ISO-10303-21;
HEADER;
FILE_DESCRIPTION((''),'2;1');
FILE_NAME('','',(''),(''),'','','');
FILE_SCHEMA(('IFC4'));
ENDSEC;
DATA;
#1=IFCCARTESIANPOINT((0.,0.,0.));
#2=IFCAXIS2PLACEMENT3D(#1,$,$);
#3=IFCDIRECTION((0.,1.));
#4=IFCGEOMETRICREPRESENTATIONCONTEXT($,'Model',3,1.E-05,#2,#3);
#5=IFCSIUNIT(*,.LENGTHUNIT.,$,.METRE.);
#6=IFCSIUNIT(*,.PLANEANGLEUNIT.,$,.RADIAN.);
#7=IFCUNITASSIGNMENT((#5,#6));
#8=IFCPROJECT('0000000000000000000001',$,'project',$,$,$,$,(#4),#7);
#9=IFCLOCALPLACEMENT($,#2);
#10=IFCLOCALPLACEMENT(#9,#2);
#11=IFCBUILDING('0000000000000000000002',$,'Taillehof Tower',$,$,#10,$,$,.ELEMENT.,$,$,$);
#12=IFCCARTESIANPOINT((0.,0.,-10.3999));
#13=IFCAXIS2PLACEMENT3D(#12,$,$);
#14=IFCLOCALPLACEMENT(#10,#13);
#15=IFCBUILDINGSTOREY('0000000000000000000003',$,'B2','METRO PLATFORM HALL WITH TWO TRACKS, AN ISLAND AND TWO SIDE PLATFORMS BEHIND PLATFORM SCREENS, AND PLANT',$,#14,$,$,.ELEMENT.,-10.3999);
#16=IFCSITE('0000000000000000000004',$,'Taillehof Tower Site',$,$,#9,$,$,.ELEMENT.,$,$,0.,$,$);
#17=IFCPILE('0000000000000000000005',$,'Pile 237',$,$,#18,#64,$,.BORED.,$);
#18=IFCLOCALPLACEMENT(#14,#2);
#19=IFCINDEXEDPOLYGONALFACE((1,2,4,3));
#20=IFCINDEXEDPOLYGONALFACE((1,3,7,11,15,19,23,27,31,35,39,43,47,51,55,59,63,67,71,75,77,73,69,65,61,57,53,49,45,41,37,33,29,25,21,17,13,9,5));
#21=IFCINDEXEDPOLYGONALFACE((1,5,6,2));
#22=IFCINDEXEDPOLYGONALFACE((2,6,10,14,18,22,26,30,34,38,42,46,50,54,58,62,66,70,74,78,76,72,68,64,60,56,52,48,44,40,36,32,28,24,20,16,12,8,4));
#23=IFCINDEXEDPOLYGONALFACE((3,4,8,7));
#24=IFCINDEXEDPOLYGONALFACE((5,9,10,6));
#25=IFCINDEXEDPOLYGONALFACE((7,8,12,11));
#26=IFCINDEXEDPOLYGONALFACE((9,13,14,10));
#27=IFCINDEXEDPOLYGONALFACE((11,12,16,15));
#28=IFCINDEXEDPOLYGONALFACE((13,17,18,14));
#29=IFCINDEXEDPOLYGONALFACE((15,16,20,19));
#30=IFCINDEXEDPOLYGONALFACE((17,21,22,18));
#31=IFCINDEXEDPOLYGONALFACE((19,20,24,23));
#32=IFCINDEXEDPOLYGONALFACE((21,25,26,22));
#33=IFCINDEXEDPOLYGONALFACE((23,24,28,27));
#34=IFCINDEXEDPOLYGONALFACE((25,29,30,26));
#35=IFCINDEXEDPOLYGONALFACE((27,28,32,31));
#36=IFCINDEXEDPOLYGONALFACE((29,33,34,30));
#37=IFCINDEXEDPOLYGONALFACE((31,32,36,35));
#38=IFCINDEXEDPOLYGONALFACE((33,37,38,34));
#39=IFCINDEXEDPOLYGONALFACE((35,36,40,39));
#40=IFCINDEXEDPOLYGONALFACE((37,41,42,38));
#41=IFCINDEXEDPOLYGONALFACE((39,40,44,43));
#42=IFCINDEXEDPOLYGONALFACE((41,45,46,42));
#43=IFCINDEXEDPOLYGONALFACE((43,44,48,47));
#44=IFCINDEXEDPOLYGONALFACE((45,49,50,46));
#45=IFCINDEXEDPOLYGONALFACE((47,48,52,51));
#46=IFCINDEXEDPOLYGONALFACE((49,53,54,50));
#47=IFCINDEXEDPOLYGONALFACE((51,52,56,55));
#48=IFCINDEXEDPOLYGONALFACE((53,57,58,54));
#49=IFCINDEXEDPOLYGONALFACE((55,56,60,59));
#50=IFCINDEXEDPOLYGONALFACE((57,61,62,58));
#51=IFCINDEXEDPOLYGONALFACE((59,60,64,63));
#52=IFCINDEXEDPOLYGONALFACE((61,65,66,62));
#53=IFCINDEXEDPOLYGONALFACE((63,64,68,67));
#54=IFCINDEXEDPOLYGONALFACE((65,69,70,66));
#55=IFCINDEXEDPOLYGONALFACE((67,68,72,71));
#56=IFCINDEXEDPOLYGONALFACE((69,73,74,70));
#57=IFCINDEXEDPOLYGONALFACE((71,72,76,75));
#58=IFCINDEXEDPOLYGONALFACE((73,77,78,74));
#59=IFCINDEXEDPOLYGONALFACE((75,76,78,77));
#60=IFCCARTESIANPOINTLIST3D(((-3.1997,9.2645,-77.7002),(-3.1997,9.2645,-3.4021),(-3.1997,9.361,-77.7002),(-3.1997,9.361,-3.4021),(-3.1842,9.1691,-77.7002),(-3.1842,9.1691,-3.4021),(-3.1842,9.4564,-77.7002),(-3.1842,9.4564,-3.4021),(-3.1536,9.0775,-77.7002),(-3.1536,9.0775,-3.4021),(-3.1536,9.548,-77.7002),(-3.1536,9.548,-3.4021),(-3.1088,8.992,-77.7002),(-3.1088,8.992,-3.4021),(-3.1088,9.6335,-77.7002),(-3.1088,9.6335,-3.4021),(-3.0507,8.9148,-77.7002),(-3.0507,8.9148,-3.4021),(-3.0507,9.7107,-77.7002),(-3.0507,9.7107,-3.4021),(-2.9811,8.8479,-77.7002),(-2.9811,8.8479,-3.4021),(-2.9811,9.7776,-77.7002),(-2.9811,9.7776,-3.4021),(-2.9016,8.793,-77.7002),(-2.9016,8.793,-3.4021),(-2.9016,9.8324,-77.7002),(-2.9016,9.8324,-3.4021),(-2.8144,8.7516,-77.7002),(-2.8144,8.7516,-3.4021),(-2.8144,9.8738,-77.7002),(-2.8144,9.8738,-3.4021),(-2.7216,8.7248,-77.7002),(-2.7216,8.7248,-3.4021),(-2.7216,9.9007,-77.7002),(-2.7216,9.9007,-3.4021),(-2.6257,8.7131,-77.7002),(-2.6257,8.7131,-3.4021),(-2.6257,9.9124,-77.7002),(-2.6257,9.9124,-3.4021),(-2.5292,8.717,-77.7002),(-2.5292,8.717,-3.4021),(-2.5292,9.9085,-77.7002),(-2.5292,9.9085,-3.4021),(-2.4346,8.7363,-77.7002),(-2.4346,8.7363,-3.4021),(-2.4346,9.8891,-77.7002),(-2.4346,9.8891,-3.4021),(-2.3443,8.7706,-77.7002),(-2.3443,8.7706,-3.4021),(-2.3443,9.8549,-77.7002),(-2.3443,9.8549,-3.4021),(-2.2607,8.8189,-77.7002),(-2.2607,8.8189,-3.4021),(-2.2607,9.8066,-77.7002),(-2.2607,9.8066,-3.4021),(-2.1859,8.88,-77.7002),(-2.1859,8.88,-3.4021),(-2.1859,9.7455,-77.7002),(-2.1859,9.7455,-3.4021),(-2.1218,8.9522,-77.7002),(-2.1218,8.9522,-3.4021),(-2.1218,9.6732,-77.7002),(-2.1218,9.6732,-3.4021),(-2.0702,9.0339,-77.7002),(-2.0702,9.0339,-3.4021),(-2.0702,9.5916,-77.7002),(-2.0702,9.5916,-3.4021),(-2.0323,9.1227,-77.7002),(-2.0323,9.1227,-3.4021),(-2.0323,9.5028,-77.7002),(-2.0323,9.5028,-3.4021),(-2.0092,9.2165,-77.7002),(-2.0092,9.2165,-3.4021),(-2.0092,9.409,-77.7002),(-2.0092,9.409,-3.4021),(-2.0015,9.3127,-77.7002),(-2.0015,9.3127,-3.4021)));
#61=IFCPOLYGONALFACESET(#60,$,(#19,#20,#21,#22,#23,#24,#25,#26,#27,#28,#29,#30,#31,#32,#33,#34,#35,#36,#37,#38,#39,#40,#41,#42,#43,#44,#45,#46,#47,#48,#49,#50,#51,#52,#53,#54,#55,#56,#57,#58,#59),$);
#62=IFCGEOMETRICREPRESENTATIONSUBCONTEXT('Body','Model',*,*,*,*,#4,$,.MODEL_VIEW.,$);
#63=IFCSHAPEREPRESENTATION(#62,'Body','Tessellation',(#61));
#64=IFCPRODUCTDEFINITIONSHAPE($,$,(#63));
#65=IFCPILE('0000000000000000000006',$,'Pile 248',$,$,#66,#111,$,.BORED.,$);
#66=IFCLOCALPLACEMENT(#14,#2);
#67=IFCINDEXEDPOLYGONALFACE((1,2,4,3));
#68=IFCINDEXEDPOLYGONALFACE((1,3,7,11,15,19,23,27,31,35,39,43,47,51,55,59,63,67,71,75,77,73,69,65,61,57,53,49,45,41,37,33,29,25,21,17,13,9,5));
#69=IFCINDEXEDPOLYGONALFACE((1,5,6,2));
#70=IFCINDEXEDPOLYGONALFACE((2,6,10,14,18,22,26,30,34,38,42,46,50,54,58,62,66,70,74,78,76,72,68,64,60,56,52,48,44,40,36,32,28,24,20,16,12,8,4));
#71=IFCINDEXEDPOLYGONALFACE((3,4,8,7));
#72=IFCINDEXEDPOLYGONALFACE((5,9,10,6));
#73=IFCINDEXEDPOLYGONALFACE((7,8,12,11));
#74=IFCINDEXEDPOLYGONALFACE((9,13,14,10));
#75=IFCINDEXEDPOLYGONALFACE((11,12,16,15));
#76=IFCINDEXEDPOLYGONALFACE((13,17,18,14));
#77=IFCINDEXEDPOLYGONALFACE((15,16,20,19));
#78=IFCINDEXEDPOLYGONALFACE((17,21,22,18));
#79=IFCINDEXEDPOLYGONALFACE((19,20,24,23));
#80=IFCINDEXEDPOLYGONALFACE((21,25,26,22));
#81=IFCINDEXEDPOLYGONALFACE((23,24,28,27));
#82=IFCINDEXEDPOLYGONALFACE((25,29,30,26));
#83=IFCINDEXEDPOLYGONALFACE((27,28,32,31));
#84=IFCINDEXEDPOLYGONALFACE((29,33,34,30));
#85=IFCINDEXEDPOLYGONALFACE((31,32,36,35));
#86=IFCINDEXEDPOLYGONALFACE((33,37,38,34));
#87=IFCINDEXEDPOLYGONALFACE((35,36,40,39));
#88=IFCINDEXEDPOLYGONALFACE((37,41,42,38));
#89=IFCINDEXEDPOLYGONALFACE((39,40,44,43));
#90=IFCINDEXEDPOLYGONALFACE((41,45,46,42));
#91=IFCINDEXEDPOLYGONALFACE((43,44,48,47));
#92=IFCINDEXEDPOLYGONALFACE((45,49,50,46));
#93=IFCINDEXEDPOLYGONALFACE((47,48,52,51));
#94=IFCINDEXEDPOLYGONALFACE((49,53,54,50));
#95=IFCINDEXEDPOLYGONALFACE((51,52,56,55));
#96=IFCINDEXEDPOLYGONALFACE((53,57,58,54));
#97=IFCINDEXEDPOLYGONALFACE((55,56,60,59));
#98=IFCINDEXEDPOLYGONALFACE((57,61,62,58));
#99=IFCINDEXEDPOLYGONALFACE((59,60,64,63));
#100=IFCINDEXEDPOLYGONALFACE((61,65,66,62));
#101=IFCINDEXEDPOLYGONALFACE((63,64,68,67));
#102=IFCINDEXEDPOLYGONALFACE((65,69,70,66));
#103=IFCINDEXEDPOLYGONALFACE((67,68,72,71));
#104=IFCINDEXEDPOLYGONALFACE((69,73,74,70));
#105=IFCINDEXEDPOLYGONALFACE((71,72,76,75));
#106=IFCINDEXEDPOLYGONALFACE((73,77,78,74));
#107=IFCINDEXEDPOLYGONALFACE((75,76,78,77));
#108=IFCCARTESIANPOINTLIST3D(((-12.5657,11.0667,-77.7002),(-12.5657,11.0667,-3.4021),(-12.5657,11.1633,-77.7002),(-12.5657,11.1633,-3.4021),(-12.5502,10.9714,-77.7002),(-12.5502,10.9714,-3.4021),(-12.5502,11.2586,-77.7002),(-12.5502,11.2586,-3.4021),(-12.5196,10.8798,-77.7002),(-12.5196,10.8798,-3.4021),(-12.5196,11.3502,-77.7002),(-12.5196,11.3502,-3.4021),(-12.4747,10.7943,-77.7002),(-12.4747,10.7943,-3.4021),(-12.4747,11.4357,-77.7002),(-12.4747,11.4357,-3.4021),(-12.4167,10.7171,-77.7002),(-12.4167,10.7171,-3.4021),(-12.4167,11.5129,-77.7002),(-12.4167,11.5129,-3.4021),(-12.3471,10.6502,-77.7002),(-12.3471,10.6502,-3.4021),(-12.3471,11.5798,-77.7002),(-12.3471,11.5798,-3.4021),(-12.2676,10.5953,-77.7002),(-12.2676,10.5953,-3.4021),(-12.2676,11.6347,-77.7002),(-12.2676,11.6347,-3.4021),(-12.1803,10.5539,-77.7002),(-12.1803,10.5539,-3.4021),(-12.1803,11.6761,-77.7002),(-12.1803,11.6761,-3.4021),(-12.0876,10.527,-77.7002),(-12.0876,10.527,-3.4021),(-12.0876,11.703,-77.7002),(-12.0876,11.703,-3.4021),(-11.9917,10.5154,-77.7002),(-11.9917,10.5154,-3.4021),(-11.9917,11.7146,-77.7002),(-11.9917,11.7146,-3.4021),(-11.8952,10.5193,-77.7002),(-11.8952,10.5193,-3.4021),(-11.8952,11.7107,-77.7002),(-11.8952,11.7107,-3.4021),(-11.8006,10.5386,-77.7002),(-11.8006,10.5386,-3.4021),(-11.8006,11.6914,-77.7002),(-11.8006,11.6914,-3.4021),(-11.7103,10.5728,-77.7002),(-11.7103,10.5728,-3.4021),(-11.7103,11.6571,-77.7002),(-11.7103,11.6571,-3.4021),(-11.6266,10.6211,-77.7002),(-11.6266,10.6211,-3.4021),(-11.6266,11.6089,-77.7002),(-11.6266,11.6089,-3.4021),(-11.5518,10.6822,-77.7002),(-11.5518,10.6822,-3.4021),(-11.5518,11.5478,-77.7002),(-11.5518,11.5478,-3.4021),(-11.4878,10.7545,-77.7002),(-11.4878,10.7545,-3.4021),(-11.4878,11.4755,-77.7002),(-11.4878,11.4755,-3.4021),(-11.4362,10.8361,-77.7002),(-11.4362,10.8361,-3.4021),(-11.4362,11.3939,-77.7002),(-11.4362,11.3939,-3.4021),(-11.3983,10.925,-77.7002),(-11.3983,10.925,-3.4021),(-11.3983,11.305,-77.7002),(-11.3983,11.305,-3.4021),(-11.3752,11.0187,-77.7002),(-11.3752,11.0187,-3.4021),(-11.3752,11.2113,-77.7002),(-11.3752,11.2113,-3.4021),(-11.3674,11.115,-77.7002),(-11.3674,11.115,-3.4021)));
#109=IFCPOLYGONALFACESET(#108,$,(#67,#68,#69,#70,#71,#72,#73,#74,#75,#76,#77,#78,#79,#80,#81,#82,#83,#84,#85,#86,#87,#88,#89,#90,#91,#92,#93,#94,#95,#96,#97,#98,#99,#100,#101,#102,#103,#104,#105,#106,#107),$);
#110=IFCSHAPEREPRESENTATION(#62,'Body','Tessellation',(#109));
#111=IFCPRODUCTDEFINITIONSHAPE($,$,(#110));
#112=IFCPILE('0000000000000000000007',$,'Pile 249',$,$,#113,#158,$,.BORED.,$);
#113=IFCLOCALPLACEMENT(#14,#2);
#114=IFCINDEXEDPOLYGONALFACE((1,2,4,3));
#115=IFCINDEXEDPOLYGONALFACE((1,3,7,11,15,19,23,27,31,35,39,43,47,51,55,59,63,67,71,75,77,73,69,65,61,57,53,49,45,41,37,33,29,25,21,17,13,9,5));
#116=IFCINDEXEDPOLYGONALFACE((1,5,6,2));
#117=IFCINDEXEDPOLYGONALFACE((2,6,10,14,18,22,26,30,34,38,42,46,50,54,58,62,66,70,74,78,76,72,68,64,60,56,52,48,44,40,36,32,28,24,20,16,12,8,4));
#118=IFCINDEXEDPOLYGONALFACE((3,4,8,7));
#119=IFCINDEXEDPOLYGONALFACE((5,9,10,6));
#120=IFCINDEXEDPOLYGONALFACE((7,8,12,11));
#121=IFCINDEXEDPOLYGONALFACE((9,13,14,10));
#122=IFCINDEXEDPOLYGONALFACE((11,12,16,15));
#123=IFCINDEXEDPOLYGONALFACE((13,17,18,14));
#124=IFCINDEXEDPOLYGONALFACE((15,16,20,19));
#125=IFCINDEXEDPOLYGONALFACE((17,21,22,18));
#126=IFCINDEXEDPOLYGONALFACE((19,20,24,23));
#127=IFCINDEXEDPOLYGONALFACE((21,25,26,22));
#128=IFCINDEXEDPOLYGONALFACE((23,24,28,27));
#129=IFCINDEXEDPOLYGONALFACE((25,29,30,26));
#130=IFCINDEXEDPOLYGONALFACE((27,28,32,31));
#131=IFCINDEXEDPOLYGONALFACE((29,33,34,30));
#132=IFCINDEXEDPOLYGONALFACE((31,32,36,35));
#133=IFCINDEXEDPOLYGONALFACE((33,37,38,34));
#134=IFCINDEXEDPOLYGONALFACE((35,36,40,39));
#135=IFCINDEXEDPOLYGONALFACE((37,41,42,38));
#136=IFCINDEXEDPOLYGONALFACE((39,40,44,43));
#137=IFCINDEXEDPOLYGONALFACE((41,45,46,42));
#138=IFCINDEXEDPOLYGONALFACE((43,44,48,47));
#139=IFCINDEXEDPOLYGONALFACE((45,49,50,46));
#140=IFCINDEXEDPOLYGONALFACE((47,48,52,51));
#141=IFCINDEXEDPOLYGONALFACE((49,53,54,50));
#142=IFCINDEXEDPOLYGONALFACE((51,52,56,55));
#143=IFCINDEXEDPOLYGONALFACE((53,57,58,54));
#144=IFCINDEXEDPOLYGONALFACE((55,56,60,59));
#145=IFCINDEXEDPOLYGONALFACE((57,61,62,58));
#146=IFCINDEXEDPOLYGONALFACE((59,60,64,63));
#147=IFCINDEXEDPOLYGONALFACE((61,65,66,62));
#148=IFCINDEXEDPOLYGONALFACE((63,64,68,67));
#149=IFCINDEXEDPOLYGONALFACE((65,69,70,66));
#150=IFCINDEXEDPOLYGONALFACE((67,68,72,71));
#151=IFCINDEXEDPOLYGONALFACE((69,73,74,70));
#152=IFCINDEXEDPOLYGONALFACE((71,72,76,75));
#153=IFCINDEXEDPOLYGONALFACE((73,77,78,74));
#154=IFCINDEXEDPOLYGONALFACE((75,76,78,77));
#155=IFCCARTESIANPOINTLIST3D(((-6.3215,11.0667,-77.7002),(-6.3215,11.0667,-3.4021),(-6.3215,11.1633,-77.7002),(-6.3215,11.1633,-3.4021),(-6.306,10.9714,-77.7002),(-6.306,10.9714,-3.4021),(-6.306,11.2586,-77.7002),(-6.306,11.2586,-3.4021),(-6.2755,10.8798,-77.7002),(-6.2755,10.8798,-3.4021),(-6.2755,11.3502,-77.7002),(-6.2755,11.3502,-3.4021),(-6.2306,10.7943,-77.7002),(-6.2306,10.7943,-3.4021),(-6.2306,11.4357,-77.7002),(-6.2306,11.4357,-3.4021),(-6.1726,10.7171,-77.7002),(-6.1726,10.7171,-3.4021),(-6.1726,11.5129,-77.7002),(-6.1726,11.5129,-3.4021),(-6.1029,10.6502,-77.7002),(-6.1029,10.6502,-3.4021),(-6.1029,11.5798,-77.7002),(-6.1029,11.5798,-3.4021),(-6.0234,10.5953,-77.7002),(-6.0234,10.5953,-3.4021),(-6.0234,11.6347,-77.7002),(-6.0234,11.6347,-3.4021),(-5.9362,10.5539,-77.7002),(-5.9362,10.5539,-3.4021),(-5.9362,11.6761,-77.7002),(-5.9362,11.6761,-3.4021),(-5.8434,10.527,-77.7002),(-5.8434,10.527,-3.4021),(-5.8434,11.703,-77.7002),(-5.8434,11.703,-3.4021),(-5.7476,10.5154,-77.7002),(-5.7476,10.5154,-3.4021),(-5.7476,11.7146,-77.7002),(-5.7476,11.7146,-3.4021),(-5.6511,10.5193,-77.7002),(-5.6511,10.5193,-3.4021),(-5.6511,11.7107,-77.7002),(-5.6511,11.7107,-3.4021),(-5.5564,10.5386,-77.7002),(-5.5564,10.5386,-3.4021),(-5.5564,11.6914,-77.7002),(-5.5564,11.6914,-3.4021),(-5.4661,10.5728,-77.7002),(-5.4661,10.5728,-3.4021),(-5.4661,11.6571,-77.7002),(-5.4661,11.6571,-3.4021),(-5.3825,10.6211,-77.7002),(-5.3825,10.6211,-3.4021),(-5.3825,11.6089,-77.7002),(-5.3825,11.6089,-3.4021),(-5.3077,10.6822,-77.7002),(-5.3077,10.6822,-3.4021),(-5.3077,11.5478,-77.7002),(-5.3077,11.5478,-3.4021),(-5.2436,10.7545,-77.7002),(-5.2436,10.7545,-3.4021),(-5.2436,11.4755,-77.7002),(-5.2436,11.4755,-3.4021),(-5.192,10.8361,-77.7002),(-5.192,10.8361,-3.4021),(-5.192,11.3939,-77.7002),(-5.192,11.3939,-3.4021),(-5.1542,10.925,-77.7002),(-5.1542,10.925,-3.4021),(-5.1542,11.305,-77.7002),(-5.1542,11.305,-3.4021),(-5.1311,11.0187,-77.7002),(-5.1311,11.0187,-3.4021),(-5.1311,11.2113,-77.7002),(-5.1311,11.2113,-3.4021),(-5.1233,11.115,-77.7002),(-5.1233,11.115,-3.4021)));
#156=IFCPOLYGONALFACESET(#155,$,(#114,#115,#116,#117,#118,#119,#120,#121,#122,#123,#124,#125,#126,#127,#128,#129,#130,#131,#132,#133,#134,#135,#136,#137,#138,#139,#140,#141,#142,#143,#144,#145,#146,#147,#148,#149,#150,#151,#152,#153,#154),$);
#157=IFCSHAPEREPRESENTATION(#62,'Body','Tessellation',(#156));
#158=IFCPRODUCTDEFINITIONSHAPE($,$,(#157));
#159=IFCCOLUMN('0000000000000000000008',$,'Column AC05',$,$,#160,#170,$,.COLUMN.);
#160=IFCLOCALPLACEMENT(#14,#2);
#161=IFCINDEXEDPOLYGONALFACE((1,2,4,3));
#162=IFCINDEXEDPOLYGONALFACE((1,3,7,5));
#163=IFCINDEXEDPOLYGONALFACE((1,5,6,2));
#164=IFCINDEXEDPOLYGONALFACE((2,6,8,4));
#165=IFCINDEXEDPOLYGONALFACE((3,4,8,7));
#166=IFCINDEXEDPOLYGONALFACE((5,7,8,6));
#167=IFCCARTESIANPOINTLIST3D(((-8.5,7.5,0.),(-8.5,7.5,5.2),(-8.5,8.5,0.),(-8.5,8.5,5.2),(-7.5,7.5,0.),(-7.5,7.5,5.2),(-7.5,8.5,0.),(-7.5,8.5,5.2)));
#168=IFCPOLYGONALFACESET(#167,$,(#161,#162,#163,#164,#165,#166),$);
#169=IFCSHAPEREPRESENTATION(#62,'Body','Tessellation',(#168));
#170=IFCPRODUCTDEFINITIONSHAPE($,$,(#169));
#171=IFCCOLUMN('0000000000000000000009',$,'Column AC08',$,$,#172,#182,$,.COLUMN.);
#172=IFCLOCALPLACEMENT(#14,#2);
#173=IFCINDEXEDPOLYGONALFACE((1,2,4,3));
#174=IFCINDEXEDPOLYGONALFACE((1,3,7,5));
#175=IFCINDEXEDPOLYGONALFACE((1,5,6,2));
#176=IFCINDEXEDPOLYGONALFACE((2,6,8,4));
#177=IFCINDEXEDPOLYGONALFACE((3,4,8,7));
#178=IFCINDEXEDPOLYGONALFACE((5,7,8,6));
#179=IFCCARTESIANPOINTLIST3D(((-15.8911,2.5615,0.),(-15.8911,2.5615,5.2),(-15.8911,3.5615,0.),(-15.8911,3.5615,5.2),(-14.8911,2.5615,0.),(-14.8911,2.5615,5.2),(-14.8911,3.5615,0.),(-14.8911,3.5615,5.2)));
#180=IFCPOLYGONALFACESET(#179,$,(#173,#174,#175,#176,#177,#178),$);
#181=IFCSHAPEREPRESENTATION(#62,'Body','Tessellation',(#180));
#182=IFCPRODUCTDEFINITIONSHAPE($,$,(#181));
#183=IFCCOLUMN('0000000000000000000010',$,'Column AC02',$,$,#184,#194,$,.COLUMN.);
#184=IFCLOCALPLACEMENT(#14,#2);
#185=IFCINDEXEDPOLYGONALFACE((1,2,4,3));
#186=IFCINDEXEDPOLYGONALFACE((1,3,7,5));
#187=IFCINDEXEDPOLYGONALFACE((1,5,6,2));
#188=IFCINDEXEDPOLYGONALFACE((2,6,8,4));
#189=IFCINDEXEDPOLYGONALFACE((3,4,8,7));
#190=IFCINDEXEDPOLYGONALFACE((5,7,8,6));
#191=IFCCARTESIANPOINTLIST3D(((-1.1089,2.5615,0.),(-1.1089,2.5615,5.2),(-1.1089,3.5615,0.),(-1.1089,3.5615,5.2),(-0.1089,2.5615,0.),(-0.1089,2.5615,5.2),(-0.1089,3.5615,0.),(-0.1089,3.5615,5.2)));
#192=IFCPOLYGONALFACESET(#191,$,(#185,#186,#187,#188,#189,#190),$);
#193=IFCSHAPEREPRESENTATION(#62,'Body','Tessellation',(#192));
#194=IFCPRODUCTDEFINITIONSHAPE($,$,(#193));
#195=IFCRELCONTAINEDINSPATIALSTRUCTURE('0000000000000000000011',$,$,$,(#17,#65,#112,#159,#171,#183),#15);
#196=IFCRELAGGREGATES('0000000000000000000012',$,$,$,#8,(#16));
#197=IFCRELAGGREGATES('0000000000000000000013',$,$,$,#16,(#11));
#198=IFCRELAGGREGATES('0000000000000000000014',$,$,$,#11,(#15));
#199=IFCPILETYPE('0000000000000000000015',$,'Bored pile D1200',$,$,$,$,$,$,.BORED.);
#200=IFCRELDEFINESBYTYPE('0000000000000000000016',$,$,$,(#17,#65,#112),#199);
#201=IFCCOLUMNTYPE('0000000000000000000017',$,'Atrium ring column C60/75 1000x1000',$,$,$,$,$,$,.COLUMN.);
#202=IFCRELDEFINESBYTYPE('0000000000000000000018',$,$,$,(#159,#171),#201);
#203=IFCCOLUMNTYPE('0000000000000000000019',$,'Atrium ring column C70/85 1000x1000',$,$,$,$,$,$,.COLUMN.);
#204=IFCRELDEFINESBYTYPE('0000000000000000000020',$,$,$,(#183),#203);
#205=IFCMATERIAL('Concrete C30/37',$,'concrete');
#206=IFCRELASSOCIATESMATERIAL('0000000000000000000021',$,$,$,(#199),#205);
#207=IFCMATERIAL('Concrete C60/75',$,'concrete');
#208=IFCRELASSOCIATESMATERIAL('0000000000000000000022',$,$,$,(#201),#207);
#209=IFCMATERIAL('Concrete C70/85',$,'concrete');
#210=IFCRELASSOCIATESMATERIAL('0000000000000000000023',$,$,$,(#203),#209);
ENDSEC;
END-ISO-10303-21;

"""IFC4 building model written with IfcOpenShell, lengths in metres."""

from ifc_helpers import new_model, si_unit, direction, frame, origin, origin_2d, place, context, subcontext, project, spatial, rectangle, circle, extrude, material, material_profile, profile_set, type_object, element, save


model = new_model("IFC4")

# Units and contexts
model_context = context("Model", 3, precision=1e-05, world=origin(), true_north=direction((0.0, 1.0)))
body_context = subcontext(model_context, "Body", "Model", "MODEL_VIEW")
ifc_project = project(units=[si_unit("LENGTHUNIT", "METRE"), si_unit("PLANEANGLEUNIT", "RADIAN")], contexts=[model_context])

# Site, building, storey
site_placement = place(None, origin())
site = spatial("IfcSite", under=ifc_project, at=site_placement, Name="Taillehof Tower Site", CompositionType="ELEMENT", RefElevation=0.0)
building_placement = place(site_placement, origin())
building = spatial("IfcBuilding", under=site, at=building_placement, Name="Taillehof Tower", CompositionType="ELEMENT")
storey_placement = place(building_placement, frame((0.0, 0.0, -10.3999)))
storey = spatial("IfcBuildingStorey", under=building, at=storey_placement, Name="B2", Description="METRO PLATFORM HALL WITH TWO TRACKS, AN ISLAND AND TWO SIDE PLATFORMS BEHIND PLATFORM SCREENS, AND PLANT", CompositionType="ELEMENT", Elevation=-10.3999)

# Piles
ifc_material_1 = material(Name="Concrete C30/37", Category="concrete")
ifc_material_profile_1 = material_profile(ifc_material_1, circle(Radius=0.6001, at=origin_2d()), Name="BP D1200")
ifc_profile_set_1 = profile_set([ifc_material_profile_1], Name="Concrete C30/37")
pile_type = type_object("IfcPileType", Name="Bored pile D1200", PredefinedType="BORED", material=ifc_profile_set_1)
for number, where, z_axis, x_axis, name in (
    (1, (-2.6016, 9.3127, -3.4021), (0.0, 0.0, -1.0), (1.0, 0.0, 0.0), "Pile 237"),
    (2, (-11.9675, 11.115, -3.4021), (0.0, 0.0, -1.0), (1.0, 0.0, 0.0), "Pile 248"),
    (3, (-5.7234, 11.115, -3.4021), (0.0, 0.0, -1.0), (1.0, 0.0, 0.0), "Pile 249"),
):
    element("IfcPile", number, at=place(storey_placement, frame(where, z_axis=z_axis, x_axis=x_axis)), inside=storey, type_object=pile_type, Name=name, PredefinedType="BORED", context=body_context, shape_type="SweptSolid", body=[
        extrude(circle(Radius=0.6001, at=origin_2d()), origin(), (0.0, 0.0, 1.0), 74.2981),
    ])

# Columns
ifc_material_2 = material(Name="Concrete C60/75", Category="concrete")
ifc_material_profile_2 = material_profile(ifc_material_2, rectangle(XDim=1.0, YDim=1.0, at=origin_2d()), Name="RC 1000x1000")
ifc_profile_set_2 = profile_set([ifc_material_profile_2], Name="Concrete C60/75")
column_type_1 = type_object("IfcColumnType", Name="Atrium ring column C60/75 1000x1000", PredefinedType="COLUMN", material=ifc_profile_set_2)
for number, where, z_axis, x_axis, name in (
    (4, (-8.0, 8.0, 0.0), (0.0, 0.0, 1.0), (1.0, 0.0, 0.0), "Column AC05"),
    (5, (-15.3911, 3.0615, 0.0), (0.0, 0.0, 1.0), (1.0, 0.0, 0.0), "Column AC08"),
):
    element("IfcColumn", number, at=place(storey_placement, frame(where, z_axis=z_axis, x_axis=x_axis)), inside=storey, type_object=column_type_1, Name=name, PredefinedType="COLUMN", context=body_context, shape_type="SweptSolid", body=[
        extrude(rectangle(XDim=1.0, YDim=1.0, at=origin_2d()), origin(), (0.0, 0.0, 1.0), 5.2),
    ])
ifc_material_3 = material(Name="Concrete C70/85", Category="concrete")
ifc_material_profile_3 = material_profile(ifc_material_3, rectangle(XDim=1.0, YDim=1.0, at=origin_2d()), Name="RC 1000x1000")
ifc_profile_set_3 = profile_set([ifc_material_profile_3], Name="Concrete C70/85")
column_type_2 = type_object("IfcColumnType", Name="Atrium ring column C70/85 1000x1000", PredefinedType="COLUMN", material=ifc_profile_set_3)
column_placement = place(storey_placement, frame((-0.6089, 3.0615, 0.0), z_axis=(0.0, 0.0, 1.0), x_axis=(1.0, 0.0, 0.0)))
element("IfcColumn", 6, at=column_placement, inside=storey, type_object=column_type_2, Name="Column AC02", PredefinedType="COLUMN", context=body_context, shape_type="SweptSolid", body=[
    extrude(rectangle(XDim=1.0, YDim=1.0, at=origin_2d()), origin(), (0.0, 0.0, 1.0), 5.2),
])

save(model, "model.ifc")
